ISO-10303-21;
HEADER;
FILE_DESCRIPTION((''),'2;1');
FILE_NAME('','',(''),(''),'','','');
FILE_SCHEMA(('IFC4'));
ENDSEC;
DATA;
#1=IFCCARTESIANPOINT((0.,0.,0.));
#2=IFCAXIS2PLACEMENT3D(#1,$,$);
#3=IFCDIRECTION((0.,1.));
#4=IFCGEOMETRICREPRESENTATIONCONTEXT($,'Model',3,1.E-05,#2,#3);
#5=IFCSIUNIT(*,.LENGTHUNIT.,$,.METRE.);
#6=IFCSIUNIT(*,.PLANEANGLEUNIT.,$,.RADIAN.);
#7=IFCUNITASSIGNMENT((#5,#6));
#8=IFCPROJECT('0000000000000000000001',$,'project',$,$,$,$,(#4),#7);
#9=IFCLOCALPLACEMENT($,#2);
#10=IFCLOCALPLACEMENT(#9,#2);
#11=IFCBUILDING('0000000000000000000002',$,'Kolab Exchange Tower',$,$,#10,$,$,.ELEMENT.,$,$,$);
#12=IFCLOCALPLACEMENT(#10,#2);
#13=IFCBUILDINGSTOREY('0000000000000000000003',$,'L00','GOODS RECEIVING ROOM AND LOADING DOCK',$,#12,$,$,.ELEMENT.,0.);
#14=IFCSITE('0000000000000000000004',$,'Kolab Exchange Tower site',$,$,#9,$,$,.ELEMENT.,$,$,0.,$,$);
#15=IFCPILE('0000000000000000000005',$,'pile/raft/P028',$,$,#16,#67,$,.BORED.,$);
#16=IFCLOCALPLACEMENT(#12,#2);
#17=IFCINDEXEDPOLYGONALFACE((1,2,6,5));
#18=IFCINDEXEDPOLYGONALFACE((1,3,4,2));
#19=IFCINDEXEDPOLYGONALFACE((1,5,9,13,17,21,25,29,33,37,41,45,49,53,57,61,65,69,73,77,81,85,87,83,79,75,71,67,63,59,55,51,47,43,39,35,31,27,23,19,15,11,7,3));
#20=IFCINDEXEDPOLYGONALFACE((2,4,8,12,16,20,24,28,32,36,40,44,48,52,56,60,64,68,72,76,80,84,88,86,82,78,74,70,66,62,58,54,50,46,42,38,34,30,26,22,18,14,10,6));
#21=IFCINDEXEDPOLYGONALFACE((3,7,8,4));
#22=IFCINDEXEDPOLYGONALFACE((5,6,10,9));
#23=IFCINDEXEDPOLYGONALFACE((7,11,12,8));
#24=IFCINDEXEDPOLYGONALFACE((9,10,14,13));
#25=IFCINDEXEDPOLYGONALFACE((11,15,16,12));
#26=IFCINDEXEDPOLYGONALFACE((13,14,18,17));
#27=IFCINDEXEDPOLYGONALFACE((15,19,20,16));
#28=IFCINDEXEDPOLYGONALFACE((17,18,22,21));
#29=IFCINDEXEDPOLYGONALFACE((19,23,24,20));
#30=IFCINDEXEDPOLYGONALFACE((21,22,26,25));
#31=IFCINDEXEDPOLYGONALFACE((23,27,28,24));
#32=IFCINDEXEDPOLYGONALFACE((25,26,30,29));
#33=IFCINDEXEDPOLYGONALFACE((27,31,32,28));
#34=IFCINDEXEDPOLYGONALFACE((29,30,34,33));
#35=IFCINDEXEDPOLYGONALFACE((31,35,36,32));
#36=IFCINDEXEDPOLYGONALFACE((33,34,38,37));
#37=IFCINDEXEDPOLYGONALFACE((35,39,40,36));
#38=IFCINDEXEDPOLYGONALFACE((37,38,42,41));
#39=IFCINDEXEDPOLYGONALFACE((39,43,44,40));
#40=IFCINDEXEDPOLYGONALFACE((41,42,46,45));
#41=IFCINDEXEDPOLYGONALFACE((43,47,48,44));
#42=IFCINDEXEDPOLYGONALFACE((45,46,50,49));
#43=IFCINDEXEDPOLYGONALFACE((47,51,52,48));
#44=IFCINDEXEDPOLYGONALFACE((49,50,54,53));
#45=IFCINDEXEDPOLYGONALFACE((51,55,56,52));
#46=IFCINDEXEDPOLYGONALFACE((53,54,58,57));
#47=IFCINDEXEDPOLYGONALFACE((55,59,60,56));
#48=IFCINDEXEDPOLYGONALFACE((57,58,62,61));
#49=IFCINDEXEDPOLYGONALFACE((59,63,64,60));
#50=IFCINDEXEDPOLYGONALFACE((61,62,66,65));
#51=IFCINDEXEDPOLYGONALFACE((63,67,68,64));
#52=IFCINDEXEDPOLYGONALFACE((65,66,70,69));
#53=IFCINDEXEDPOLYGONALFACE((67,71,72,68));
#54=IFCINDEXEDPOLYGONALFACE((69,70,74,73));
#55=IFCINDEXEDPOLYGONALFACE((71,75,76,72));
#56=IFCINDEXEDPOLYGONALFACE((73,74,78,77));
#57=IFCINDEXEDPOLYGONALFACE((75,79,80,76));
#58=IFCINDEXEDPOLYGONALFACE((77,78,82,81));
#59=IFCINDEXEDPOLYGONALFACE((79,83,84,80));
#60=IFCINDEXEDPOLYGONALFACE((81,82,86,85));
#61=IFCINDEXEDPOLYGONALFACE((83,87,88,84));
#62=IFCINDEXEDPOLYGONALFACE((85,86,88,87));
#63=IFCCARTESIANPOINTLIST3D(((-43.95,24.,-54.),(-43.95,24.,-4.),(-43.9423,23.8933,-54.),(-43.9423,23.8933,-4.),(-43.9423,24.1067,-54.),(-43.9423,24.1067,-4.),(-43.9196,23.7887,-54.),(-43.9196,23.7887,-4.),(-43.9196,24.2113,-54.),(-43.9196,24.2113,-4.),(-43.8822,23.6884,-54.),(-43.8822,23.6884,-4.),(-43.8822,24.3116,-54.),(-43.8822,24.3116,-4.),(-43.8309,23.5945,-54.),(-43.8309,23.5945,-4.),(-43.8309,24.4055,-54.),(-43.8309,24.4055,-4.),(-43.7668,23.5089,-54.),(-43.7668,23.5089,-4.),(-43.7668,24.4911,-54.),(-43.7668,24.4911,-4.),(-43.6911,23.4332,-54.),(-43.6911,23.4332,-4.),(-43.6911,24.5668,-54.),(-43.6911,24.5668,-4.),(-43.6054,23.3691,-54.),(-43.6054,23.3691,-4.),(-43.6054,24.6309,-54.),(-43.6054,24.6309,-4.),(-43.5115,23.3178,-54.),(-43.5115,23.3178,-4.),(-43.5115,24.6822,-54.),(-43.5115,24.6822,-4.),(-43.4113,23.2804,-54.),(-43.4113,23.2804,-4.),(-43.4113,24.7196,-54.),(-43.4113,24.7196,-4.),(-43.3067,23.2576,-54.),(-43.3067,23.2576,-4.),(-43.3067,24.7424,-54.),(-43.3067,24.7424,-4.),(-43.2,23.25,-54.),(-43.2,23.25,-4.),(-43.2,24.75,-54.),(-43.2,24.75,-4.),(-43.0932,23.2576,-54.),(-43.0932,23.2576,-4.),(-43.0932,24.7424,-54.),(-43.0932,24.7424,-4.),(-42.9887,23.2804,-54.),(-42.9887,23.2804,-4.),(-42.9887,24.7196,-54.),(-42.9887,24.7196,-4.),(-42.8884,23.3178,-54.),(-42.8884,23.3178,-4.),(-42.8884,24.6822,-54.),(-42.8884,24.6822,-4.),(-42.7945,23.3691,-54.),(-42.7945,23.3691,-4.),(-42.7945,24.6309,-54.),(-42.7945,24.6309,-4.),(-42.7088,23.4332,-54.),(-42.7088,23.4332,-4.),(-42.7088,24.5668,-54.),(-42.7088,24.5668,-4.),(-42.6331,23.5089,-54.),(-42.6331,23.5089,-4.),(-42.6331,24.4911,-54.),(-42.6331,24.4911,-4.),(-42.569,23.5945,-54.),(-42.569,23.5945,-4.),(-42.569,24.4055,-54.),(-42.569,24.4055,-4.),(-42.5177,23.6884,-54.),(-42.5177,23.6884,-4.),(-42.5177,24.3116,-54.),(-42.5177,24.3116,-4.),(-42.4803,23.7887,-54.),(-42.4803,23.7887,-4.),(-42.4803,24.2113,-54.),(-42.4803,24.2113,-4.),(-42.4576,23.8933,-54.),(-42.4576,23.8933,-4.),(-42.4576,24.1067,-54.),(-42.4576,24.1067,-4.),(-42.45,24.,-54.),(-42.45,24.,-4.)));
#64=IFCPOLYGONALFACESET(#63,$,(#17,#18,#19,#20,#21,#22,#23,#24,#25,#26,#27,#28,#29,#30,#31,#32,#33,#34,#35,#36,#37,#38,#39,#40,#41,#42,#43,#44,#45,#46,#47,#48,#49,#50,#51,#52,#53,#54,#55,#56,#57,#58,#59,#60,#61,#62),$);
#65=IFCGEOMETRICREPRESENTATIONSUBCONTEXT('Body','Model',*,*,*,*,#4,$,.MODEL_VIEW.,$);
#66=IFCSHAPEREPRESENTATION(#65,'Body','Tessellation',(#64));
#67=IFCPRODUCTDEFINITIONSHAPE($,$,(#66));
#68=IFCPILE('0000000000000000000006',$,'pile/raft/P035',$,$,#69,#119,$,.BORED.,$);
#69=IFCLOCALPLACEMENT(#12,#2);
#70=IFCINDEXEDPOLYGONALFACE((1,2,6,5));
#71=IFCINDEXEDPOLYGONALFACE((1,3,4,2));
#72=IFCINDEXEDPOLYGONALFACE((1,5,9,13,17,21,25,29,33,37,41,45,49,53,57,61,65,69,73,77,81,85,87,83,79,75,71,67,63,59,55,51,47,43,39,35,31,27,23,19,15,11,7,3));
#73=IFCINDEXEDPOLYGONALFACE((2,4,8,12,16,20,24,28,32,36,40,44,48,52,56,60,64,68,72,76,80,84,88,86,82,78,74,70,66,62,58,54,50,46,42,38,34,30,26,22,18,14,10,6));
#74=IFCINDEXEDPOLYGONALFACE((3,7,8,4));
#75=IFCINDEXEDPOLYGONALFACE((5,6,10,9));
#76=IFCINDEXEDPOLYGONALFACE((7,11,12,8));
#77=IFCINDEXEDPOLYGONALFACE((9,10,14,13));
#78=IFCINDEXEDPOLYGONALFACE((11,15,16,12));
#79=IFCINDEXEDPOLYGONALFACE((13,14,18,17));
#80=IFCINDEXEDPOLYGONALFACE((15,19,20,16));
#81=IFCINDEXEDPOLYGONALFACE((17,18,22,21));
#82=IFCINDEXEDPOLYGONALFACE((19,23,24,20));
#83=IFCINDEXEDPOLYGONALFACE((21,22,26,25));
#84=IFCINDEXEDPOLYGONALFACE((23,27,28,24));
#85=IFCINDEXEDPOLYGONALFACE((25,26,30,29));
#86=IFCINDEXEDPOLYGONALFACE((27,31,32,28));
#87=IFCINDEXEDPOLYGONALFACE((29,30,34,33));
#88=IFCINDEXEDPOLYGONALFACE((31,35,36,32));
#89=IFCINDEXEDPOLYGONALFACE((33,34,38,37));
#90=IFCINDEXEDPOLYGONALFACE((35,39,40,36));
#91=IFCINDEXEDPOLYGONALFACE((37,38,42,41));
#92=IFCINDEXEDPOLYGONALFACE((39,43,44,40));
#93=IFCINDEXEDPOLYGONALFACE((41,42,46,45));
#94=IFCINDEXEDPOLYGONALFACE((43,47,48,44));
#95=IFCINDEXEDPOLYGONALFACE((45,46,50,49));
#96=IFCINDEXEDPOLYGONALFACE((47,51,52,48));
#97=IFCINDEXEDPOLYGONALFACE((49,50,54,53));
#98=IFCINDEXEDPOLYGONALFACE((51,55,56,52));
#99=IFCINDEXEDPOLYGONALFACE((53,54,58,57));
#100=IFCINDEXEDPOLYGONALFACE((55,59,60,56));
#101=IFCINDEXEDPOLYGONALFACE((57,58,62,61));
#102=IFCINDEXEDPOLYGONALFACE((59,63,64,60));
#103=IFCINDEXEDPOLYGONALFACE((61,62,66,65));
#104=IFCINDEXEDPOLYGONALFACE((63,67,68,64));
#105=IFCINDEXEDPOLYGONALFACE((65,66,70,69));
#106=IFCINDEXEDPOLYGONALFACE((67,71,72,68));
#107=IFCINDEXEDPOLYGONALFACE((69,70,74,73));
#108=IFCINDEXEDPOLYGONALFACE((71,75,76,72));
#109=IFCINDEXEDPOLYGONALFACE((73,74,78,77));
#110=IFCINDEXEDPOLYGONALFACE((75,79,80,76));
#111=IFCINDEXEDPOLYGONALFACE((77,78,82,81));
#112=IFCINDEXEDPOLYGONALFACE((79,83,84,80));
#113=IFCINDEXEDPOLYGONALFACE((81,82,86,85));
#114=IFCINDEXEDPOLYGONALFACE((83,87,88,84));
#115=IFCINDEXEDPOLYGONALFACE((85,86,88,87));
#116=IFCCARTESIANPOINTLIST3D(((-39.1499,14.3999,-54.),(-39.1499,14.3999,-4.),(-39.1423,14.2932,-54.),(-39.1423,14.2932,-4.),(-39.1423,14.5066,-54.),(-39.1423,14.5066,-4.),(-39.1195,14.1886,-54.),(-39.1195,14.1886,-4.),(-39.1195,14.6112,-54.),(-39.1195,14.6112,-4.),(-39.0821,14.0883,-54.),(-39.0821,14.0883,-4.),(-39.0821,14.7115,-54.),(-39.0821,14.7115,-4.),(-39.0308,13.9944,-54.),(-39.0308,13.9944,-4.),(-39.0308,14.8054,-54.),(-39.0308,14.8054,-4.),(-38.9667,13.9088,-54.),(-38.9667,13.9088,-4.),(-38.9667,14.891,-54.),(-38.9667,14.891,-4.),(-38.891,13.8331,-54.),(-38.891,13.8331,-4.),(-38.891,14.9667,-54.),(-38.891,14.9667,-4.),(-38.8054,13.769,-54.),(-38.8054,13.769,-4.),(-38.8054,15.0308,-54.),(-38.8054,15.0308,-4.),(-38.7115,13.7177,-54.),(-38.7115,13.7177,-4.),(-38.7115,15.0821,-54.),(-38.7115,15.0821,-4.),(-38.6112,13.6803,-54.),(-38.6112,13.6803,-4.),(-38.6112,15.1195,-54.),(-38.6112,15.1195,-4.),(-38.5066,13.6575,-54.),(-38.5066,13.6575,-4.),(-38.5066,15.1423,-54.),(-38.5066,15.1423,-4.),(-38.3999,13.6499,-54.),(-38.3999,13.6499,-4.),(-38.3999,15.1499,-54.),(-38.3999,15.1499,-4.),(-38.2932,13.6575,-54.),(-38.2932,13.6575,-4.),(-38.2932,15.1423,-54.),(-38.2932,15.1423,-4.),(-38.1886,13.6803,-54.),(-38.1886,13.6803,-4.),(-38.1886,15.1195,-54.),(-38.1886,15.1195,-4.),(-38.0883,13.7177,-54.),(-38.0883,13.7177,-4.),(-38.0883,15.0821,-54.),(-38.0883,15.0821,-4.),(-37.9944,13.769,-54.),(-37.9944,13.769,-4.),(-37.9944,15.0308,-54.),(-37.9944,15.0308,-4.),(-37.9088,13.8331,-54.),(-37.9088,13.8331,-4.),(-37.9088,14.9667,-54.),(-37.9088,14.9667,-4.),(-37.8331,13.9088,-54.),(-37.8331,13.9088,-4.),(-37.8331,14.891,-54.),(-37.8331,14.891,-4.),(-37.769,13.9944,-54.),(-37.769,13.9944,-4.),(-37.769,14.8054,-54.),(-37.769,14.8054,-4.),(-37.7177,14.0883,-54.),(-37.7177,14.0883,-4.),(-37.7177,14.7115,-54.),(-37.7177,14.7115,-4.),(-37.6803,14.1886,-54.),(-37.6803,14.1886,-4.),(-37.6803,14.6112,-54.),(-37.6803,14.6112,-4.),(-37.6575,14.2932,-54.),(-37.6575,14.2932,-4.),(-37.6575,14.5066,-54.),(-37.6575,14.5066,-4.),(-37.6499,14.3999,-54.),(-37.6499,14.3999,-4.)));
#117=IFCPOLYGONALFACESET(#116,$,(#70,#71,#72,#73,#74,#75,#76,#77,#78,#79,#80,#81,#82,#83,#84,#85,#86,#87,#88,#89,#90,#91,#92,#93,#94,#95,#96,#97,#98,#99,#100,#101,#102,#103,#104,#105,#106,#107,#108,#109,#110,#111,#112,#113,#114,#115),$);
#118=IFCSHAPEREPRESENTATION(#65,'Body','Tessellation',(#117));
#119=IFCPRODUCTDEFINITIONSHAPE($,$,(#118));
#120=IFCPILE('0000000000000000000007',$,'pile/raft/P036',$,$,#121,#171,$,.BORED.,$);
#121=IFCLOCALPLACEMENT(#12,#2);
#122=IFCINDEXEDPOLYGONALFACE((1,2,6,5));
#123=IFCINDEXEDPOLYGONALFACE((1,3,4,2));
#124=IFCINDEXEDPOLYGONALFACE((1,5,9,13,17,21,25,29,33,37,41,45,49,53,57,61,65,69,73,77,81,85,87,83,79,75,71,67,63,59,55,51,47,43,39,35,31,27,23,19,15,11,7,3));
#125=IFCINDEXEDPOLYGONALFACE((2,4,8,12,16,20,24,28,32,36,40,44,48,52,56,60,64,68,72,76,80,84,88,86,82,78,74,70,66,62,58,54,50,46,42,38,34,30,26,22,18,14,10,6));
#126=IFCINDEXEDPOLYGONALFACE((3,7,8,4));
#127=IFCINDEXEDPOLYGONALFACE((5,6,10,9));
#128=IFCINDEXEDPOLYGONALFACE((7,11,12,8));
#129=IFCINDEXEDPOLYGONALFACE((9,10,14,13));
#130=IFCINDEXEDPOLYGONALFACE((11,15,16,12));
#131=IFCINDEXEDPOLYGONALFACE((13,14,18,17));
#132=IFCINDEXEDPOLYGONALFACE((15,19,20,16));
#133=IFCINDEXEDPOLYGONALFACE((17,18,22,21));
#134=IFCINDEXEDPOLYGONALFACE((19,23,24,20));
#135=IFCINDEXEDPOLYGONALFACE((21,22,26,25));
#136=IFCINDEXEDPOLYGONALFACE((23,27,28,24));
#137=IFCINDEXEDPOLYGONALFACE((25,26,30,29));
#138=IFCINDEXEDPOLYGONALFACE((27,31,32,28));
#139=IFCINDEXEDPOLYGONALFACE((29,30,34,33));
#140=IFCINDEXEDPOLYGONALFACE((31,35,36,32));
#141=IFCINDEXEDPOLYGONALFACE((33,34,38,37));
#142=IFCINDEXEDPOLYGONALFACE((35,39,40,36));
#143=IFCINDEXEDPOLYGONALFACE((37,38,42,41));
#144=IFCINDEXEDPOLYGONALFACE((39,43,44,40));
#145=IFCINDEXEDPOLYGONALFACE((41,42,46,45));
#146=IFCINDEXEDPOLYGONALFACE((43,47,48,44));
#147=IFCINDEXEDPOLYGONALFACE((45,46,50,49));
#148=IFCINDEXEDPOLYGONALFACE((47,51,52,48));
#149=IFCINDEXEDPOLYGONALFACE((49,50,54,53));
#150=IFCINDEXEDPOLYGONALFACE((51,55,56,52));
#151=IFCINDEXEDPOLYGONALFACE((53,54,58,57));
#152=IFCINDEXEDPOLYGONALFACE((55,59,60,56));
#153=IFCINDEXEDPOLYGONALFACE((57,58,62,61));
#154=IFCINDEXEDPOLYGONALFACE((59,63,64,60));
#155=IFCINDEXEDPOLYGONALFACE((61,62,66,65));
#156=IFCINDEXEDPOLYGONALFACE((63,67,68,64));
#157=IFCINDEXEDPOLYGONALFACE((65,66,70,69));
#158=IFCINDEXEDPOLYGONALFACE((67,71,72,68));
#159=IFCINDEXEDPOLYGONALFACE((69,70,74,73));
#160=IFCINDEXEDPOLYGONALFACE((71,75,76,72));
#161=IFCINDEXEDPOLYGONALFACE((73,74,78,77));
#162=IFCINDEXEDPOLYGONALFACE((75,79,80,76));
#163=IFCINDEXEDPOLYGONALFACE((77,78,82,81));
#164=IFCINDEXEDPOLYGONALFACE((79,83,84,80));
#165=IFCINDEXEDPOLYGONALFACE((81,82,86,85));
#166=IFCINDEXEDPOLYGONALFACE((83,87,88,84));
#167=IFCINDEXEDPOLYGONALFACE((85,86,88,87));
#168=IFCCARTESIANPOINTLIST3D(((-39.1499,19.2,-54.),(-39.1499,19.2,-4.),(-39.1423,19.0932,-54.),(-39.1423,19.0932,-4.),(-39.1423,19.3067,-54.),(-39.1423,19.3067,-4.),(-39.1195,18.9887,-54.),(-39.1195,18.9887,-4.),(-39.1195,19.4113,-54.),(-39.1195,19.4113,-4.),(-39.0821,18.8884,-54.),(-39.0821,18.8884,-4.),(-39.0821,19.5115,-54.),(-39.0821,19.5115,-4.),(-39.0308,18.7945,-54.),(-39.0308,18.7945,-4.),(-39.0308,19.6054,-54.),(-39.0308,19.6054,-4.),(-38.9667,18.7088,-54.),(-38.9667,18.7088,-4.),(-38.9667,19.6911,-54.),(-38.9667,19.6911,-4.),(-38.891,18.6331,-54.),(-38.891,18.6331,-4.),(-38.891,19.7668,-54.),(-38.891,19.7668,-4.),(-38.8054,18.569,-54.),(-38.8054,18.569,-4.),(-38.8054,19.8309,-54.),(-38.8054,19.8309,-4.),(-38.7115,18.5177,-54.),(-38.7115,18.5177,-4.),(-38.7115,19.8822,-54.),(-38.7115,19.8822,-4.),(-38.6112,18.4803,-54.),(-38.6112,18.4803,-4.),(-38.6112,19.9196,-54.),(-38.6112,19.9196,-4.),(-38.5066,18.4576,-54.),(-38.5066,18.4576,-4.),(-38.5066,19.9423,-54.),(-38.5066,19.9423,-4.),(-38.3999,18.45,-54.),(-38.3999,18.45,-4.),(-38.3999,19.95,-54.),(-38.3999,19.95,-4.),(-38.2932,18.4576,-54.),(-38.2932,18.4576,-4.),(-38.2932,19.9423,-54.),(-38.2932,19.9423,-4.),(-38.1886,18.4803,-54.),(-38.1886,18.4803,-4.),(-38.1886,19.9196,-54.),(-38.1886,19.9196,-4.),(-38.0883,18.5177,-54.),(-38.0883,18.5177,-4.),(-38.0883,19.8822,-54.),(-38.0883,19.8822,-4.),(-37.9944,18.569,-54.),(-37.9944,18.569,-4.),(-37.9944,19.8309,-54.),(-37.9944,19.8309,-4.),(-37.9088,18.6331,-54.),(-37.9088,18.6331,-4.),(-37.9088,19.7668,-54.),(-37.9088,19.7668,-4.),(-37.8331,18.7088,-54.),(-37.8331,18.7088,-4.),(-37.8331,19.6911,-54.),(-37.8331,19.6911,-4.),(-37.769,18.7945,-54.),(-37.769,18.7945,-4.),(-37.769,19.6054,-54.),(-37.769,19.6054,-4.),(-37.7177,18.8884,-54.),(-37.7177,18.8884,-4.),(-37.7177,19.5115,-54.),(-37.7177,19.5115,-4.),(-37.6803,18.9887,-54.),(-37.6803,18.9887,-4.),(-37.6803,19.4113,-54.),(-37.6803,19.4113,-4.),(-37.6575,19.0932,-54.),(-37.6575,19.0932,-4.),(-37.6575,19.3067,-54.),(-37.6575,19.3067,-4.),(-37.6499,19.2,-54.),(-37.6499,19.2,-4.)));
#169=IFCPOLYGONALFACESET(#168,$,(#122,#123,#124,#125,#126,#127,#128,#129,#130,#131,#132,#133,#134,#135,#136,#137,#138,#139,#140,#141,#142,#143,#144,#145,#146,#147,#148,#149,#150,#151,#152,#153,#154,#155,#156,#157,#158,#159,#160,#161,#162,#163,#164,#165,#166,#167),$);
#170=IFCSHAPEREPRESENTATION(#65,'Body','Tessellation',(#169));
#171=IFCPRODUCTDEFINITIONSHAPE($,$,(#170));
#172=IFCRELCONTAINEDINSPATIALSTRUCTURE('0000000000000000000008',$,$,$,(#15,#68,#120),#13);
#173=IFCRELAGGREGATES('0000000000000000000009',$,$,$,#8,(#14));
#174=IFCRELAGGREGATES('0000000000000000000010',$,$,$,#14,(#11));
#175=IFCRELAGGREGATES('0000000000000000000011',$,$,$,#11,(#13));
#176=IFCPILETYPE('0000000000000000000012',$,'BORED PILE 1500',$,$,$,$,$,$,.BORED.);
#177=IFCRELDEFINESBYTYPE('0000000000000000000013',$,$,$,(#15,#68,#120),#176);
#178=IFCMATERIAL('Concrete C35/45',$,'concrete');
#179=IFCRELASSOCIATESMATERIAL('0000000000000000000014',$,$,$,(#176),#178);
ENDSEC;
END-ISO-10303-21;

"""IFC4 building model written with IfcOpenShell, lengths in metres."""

from ifc_helpers import new_model, si_unit, direction, frame, origin, origin_2d, place, context, subcontext, project, spatial, circle, extrude, material, material_profile, profile_set, type_object, element, save


model = new_model("IFC4")

# Units and contexts
model_context = context("Model", 3, precision=1e-05, world=origin(), true_north=direction((0.0, 1.0)))
body_context = subcontext(model_context, "Body", "Model", "MODEL_VIEW")
ifc_project = project(units=[si_unit("LENGTHUNIT", "METRE"), si_unit("PLANEANGLEUNIT", "RADIAN")], contexts=[model_context])

# Site, building, storey
site_placement = place(None, origin())
site = spatial("IfcSite", under=ifc_project, at=site_placement, Name="Kolab Exchange Tower site", CompositionType="ELEMENT", RefElevation=0.0)
building_placement = place(site_placement, origin())
building = spatial("IfcBuilding", under=site, at=building_placement, Name="Kolab Exchange Tower", CompositionType="ELEMENT")
storey_placement = place(building_placement, origin())
storey = spatial("IfcBuildingStorey", under=building, at=storey_placement, Name="L00", Description="GOODS RECEIVING ROOM AND LOADING DOCK", CompositionType="ELEMENT", Elevation=0.0)

# Piles
ifc_material_1 = material(Name="Concrete C35/45", Category="concrete")
ifc_material_profile_1 = material_profile(ifc_material_1, circle(Radius=0.75, at=origin_2d()), Name="BP1500")
ifc_profile_set_1 = profile_set([ifc_material_profile_1], Name="Concrete C35/45")
pile_type_1 = type_object("IfcPileType", Name="BORED PILE 1500", PredefinedType="BORED", material=ifc_profile_set_1)
for number, where, z_axis, x_axis, name in (
    (1, (-43.2, 24.0, -4.0), (0.0, 0.0, -1.0), (1.0, 0.0, 0.0), "pile/raft/P028"),
    (2, (-38.3999, 14.3999, -4.0), (0.0, 0.0, -1.0), (1.0, 0.0, 0.0), "pile/raft/P035"),
    (3, (-38.3999, 19.2, -4.0), (0.0, 0.0, -1.0), (1.0, 0.0, 0.0), "pile/raft/P036"),
):
    element("IfcPile", number, at=place(storey_placement, frame(where, z_axis=z_axis, x_axis=x_axis)), inside=storey, type_object=pile_type_1, Name=name, PredefinedType="BORED", context=body_context, shape_type="SweptSolid", body=[
        extrude(circle(Radius=0.75, at=origin_2d()), origin(), (0.0, 0.0, 1.0), 50.0),
    ])

save(model, "model.ifc")
